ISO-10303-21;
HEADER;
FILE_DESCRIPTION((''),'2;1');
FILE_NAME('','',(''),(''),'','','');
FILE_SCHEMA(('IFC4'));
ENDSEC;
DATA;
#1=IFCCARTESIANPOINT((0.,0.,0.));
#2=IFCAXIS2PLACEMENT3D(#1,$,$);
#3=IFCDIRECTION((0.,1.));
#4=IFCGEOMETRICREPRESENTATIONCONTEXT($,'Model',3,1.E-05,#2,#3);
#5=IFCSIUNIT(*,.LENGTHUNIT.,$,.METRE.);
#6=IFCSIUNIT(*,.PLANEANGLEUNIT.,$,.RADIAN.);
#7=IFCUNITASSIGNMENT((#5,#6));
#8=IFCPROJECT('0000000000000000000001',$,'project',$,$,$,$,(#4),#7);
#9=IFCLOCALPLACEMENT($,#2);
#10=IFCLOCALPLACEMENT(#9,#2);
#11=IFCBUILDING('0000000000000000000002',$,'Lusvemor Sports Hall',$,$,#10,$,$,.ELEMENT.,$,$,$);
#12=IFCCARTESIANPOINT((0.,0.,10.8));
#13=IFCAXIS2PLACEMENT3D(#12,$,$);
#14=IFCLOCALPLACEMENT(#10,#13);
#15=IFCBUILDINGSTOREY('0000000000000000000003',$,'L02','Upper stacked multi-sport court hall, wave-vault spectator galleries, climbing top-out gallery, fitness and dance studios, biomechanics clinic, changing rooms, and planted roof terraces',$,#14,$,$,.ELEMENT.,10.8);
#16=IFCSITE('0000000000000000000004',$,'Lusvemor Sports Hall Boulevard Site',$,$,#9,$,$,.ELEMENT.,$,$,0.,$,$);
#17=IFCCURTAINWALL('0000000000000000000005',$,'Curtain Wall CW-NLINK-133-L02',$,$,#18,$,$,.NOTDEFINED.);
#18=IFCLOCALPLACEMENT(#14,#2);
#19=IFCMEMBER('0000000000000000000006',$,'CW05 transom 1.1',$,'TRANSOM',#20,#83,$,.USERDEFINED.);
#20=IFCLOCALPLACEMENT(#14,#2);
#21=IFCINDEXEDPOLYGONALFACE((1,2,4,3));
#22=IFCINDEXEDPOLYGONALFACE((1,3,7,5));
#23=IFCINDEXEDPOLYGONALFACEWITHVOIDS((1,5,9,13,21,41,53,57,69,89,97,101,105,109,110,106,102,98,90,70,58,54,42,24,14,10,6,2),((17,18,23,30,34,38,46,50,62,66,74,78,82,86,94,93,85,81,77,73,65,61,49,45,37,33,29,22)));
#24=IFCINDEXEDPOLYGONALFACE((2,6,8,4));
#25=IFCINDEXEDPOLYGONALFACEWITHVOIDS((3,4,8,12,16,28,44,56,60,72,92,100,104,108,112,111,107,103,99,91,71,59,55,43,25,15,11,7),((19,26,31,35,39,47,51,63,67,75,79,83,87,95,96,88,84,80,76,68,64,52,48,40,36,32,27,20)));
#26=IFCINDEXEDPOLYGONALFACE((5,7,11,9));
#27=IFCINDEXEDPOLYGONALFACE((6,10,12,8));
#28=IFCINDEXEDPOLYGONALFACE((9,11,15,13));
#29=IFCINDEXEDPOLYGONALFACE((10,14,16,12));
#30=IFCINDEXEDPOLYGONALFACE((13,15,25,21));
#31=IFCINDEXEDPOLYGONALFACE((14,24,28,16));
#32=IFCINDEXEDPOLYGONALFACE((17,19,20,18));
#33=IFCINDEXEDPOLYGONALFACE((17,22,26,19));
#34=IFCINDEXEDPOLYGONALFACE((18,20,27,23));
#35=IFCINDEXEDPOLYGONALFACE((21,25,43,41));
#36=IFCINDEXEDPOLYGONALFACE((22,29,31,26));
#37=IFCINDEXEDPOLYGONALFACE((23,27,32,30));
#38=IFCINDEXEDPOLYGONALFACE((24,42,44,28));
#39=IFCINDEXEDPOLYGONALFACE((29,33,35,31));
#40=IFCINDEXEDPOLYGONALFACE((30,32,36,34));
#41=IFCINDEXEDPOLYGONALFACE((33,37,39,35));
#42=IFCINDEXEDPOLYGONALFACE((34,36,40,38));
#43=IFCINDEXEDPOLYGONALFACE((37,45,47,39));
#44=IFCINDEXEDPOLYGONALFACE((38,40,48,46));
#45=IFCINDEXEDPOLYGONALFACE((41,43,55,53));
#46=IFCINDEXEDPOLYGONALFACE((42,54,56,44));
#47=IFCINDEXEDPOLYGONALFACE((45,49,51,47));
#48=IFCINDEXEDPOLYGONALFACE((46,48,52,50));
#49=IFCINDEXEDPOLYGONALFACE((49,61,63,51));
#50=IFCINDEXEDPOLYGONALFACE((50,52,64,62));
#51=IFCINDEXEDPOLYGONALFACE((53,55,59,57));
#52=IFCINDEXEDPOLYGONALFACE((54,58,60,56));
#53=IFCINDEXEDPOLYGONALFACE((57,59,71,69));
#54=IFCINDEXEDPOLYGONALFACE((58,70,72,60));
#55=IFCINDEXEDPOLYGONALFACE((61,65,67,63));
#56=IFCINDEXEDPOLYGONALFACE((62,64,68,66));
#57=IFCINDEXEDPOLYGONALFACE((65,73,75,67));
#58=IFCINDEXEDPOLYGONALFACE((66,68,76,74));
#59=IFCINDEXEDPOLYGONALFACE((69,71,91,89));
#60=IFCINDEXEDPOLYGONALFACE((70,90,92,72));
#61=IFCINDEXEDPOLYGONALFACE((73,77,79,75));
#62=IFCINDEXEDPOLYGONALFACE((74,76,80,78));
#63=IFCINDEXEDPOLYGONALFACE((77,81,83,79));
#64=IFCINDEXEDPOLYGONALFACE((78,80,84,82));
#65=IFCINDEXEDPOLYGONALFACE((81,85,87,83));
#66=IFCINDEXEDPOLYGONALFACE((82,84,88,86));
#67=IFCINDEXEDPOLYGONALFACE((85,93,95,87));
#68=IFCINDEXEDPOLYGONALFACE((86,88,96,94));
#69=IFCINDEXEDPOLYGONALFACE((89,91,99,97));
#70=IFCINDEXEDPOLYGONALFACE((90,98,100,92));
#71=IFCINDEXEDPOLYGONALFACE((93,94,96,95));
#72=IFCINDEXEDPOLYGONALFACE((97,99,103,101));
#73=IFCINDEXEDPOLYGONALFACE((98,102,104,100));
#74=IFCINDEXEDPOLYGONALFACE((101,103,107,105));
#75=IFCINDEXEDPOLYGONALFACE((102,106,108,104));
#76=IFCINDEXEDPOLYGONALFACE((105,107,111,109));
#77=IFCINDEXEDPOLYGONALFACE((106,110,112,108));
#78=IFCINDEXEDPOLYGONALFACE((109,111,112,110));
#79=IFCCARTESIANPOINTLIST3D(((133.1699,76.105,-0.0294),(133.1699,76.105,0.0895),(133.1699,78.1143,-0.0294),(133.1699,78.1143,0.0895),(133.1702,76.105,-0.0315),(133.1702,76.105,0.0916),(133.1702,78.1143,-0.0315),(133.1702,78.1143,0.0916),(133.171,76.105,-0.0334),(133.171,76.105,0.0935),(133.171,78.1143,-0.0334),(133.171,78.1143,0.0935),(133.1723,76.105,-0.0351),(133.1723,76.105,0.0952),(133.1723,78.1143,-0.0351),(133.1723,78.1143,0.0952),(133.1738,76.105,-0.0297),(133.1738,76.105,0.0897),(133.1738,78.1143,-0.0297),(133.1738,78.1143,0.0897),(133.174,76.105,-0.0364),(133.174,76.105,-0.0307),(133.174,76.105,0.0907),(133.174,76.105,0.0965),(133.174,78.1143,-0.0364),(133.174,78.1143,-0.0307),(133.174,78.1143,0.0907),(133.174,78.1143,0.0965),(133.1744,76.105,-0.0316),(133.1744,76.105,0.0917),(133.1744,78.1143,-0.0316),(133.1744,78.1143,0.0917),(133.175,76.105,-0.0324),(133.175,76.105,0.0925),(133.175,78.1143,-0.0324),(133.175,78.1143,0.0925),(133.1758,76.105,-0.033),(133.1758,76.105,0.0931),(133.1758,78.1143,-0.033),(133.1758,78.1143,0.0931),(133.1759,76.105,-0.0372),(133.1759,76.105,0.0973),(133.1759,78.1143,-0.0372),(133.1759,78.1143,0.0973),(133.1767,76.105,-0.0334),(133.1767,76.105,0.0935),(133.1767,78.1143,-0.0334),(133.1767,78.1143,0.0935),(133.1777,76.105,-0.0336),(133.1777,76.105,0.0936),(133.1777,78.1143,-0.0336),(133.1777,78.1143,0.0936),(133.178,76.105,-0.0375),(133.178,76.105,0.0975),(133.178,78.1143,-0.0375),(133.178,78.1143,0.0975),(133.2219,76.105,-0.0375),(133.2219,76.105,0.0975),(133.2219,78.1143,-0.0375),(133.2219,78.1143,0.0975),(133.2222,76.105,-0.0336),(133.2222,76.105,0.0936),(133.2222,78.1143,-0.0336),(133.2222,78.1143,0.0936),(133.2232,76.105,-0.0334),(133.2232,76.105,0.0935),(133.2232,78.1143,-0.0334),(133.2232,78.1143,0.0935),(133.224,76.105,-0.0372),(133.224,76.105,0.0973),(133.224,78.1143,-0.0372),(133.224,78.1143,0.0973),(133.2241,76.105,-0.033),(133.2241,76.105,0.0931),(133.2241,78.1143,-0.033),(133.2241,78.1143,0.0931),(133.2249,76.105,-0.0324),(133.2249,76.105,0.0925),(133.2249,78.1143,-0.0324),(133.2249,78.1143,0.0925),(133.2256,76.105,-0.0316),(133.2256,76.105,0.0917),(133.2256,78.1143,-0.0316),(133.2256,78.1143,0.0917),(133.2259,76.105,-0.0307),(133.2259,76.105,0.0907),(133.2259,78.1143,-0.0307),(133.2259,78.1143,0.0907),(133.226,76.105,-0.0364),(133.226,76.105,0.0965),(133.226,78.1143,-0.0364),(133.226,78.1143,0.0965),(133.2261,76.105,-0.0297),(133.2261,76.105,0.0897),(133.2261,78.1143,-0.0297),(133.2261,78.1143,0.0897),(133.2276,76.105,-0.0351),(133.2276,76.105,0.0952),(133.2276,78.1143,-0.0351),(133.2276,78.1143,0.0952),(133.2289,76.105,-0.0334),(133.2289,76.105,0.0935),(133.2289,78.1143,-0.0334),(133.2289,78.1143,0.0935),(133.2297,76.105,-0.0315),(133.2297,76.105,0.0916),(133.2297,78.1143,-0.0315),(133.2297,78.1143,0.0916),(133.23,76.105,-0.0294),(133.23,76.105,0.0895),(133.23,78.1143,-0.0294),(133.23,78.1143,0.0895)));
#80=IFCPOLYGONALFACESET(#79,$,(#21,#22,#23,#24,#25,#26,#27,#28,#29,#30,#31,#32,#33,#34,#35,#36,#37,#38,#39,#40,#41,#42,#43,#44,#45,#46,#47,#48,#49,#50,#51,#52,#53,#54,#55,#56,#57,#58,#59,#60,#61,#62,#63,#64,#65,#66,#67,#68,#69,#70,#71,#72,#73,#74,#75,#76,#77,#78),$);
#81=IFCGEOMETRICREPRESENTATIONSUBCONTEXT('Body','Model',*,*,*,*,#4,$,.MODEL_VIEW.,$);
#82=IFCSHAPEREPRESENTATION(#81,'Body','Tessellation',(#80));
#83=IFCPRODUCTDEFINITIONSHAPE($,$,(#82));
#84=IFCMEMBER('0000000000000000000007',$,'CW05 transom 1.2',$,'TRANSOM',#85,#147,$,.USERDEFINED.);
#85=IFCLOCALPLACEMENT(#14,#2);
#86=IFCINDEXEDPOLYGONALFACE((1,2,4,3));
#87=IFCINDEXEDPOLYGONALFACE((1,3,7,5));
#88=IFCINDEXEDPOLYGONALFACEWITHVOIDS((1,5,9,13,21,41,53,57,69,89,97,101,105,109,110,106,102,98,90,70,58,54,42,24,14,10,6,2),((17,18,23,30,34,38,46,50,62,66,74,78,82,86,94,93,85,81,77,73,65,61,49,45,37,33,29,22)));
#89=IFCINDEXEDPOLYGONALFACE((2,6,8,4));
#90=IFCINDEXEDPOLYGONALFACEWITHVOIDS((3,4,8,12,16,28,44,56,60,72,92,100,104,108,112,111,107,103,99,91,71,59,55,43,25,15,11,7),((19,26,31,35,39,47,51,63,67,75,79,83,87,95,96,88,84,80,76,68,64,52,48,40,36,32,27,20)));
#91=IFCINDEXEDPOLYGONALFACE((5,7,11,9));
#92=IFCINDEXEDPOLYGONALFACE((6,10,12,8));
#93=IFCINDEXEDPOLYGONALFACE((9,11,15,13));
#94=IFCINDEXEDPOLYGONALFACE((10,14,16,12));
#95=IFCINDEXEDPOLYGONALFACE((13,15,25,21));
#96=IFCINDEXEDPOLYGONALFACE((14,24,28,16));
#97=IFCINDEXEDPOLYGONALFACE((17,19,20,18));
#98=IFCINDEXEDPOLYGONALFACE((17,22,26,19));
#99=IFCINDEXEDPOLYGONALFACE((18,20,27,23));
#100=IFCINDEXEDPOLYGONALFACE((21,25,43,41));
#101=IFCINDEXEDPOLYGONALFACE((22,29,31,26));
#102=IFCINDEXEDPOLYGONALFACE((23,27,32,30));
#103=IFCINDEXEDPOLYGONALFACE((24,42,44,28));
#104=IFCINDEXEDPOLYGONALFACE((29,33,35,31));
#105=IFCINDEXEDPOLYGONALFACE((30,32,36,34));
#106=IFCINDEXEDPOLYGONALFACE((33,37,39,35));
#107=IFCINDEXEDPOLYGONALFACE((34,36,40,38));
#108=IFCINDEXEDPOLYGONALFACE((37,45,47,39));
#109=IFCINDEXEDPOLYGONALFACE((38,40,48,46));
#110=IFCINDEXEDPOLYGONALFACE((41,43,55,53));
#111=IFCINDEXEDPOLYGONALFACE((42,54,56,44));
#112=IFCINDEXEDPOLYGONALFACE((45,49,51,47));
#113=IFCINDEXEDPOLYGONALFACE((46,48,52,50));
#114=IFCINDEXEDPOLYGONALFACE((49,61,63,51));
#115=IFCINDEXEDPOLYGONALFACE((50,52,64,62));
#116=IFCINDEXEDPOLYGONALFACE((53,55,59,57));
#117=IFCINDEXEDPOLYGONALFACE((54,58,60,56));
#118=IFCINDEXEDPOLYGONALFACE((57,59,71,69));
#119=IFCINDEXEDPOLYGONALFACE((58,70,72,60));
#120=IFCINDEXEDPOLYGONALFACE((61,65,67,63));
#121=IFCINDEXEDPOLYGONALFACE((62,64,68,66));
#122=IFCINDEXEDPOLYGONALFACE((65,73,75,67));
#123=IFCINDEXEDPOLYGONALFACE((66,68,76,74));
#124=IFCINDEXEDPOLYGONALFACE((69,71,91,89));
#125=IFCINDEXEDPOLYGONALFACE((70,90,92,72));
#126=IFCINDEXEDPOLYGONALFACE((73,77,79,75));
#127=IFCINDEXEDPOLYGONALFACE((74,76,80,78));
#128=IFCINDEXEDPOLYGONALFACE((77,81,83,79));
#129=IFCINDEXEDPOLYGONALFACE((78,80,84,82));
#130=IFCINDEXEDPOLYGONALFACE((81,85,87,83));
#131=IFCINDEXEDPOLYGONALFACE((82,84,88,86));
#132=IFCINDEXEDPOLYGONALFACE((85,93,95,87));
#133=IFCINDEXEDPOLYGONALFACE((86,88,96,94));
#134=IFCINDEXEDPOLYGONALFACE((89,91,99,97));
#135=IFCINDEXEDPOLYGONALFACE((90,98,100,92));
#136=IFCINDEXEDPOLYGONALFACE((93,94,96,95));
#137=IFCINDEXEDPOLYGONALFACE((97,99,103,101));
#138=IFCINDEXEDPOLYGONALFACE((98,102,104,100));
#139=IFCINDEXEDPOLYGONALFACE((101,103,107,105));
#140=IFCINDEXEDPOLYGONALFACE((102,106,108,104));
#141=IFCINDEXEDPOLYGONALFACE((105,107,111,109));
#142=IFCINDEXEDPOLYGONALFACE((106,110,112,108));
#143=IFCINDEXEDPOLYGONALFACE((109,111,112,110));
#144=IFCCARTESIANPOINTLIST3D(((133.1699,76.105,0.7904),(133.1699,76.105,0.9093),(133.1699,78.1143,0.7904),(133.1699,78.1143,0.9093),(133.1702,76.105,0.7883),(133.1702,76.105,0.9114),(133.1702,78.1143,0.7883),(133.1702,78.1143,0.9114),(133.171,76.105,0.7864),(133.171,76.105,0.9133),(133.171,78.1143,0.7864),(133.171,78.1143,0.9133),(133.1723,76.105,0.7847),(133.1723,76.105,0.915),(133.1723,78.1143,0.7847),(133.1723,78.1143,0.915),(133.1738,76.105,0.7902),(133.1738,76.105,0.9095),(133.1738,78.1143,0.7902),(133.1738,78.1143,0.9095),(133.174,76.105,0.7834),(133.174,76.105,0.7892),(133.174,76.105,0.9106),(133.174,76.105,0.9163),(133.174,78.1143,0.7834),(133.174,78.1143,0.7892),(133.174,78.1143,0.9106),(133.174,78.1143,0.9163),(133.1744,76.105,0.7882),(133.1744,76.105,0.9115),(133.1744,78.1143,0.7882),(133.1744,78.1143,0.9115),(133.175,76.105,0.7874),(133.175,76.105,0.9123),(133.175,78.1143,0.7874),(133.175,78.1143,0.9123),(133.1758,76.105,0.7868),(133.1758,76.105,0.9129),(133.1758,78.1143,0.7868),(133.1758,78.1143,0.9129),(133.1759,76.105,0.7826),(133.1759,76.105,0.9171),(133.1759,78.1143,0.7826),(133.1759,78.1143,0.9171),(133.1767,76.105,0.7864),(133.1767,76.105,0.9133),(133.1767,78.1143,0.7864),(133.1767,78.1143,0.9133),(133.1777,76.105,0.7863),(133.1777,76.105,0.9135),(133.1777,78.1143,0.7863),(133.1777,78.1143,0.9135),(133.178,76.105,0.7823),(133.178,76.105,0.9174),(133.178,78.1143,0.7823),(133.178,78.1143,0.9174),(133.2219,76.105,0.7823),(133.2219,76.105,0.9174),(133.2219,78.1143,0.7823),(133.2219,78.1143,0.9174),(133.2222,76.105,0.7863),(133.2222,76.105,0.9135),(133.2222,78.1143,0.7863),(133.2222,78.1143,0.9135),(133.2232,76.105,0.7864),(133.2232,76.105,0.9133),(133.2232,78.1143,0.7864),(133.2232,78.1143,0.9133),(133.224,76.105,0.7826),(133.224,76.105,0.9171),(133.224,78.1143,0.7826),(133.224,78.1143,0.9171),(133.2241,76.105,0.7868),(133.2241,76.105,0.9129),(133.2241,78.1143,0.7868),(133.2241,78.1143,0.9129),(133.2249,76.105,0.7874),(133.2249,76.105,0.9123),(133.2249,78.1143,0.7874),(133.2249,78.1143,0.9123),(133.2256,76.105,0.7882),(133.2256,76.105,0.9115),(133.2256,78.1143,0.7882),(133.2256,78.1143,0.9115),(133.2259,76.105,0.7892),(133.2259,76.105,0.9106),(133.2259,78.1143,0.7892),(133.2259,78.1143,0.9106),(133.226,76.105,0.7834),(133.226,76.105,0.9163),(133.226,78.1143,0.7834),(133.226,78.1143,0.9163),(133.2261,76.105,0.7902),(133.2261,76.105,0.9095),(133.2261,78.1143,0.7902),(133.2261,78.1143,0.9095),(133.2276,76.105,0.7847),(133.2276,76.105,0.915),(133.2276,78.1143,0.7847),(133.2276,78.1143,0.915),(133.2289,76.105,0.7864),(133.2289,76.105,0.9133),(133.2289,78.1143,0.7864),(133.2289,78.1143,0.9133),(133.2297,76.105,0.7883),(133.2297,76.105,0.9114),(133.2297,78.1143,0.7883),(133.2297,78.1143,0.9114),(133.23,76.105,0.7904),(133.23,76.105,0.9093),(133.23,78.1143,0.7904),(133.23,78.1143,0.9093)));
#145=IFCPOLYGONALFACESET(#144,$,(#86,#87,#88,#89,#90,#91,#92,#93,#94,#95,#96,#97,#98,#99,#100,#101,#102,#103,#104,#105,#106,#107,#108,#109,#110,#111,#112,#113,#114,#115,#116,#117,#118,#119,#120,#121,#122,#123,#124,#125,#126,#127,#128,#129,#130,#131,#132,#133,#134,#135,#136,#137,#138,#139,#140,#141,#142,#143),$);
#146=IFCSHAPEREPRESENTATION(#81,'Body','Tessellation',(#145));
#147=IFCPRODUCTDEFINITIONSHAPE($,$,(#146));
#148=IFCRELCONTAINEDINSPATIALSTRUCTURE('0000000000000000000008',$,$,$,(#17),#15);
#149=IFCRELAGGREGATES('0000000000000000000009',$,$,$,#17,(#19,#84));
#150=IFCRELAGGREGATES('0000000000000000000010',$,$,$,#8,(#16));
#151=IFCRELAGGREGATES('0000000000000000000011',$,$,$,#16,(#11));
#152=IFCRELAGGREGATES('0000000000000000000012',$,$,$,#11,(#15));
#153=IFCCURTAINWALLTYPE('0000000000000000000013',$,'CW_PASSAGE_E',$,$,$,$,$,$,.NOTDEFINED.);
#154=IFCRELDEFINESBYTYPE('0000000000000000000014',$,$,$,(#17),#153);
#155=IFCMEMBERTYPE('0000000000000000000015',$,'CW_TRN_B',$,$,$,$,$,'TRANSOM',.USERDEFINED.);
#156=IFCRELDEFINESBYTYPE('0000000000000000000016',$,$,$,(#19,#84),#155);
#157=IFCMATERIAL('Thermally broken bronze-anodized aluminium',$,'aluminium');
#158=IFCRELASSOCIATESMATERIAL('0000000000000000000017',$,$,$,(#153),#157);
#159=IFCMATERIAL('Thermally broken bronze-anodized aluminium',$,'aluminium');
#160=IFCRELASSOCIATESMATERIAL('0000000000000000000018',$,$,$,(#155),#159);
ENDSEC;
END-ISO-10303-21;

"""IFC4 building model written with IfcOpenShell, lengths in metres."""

from ifc_helpers import new_model, si_unit, direction, frame, origin, origin_2d, place, context, subcontext, project, spatial, hollow_rectangle, extrude, material, material_profile, profile_set, type_object, element, aggregate, save


model = new_model("IFC4")

# Units and contexts
model_context = context("Model", 3, precision=1e-05, world=origin(), true_north=direction((0.0, 1.0)))
body_context = subcontext(model_context, "Body", "Model", "MODEL_VIEW")
ifc_project = project(units=[si_unit("LENGTHUNIT", "METRE"), si_unit("PLANEANGLEUNIT", "RADIAN")], contexts=[model_context])

# Site, building, storey
site_placement = place(None, origin())
site = spatial("IfcSite", under=ifc_project, at=site_placement, Name="Lusvemor Sports Hall Boulevard Site", CompositionType="ELEMENT", RefElevation=0.0)
building_placement = place(site_placement, origin())
building = spatial("IfcBuilding", under=site, at=building_placement, Name="Lusvemor Sports Hall", CompositionType="ELEMENT")
storey_placement = place(building_placement, frame((0.0, 0.0, 10.8)))
storey = spatial("IfcBuildingStorey", under=building, at=storey_placement, Name="L02", Description="Upper stacked multi-sport court hall, wave-vault spectator galleries, climbing top-out gallery, fitness and dance studios, biomechanics clinic, changing rooms, and planted roof terraces", CompositionType="ELEMENT", Elevation=10.8)

# Curtain wall
ifc_material_1 = material(Name="Thermally broken bronze-anodized aluminium", Category="aluminium")
curtain_wall_type_1 = type_object("IfcCurtainWallType", Name="CW_PASSAGE_E", PredefinedType="NOTDEFINED", material=ifc_material_1)
curtain_wall_1_placement = place(storey_placement, origin())
curtain_wall_1 = element("IfcCurtainWall", 1, at=curtain_wall_1_placement, inside=storey, type_object=curtain_wall_type_1, Name="Curtain Wall CW-NLINK-133-L02", PredefinedType="NOTDEFINED")

# Members
ifc_material_2 = material(Name="Thermally broken bronze-anodized aluminium", Category="aluminium")
ifc_material_profile_1 = material_profile(ifc_material_2, hollow_rectangle(XDim=0.0601, YDim=0.135, WallThickness=0.0039, InnerFilletRadius=0.0039, OuterFilletRadius=0.0081, at=origin_2d()), Name="CWTRN135x60x4")
ifc_profile_set_1 = profile_set([ifc_material_profile_1], Name="Thermally broken bronze-anodized aluminium")
member_type_1 = type_object("IfcMemberType", Name="CW_TRN_B", ElementType="TRANSOM", PredefinedType="USERDEFINED", material=ifc_profile_set_1)
member_1_placement = place(storey_placement, frame((133.2, 76.105, 0.03), z_axis=(0.0, 1.0, 0.0), x_axis=(-1.0, 0.0, 0.0)))
member_1 = element("IfcMember", 2, at=member_1_placement, type_object=member_type_1, Name="CW05 transom 1.1", ObjectType="TRANSOM", PredefinedType="USERDEFINED", context=body_context, shape_type="SweptSolid", body=[
    extrude(hollow_rectangle(XDim=0.0601, YDim=0.135, WallThickness=0.0039, InnerFilletRadius=0.0039, OuterFilletRadius=0.0081, at=origin_2d()), origin(), (0.0, 0.0, 1.0), 2.0093),
])
member_2_placement = place(storey_placement, frame((133.2, 76.105, 0.8499), z_axis=(0.0, 1.0, 0.0), x_axis=(-1.0, 0.0, 0.0)))
member_2 = element("IfcMember", 3, at=member_2_placement, type_object=member_type_1, Name="CW05 transom 1.2", ObjectType="TRANSOM", PredefinedType="USERDEFINED", context=body_context, shape_type="SweptSolid", body=[
    extrude(hollow_rectangle(XDim=0.0601, YDim=0.135, WallThickness=0.0039, InnerFilletRadius=0.0039, OuterFilletRadius=0.0081, at=origin_2d()), origin(), (0.0, 0.0, 1.0), 2.0093),
])

aggregate(curtain_wall_1, [member_1, member_2])

save(model, "model.ifc")
